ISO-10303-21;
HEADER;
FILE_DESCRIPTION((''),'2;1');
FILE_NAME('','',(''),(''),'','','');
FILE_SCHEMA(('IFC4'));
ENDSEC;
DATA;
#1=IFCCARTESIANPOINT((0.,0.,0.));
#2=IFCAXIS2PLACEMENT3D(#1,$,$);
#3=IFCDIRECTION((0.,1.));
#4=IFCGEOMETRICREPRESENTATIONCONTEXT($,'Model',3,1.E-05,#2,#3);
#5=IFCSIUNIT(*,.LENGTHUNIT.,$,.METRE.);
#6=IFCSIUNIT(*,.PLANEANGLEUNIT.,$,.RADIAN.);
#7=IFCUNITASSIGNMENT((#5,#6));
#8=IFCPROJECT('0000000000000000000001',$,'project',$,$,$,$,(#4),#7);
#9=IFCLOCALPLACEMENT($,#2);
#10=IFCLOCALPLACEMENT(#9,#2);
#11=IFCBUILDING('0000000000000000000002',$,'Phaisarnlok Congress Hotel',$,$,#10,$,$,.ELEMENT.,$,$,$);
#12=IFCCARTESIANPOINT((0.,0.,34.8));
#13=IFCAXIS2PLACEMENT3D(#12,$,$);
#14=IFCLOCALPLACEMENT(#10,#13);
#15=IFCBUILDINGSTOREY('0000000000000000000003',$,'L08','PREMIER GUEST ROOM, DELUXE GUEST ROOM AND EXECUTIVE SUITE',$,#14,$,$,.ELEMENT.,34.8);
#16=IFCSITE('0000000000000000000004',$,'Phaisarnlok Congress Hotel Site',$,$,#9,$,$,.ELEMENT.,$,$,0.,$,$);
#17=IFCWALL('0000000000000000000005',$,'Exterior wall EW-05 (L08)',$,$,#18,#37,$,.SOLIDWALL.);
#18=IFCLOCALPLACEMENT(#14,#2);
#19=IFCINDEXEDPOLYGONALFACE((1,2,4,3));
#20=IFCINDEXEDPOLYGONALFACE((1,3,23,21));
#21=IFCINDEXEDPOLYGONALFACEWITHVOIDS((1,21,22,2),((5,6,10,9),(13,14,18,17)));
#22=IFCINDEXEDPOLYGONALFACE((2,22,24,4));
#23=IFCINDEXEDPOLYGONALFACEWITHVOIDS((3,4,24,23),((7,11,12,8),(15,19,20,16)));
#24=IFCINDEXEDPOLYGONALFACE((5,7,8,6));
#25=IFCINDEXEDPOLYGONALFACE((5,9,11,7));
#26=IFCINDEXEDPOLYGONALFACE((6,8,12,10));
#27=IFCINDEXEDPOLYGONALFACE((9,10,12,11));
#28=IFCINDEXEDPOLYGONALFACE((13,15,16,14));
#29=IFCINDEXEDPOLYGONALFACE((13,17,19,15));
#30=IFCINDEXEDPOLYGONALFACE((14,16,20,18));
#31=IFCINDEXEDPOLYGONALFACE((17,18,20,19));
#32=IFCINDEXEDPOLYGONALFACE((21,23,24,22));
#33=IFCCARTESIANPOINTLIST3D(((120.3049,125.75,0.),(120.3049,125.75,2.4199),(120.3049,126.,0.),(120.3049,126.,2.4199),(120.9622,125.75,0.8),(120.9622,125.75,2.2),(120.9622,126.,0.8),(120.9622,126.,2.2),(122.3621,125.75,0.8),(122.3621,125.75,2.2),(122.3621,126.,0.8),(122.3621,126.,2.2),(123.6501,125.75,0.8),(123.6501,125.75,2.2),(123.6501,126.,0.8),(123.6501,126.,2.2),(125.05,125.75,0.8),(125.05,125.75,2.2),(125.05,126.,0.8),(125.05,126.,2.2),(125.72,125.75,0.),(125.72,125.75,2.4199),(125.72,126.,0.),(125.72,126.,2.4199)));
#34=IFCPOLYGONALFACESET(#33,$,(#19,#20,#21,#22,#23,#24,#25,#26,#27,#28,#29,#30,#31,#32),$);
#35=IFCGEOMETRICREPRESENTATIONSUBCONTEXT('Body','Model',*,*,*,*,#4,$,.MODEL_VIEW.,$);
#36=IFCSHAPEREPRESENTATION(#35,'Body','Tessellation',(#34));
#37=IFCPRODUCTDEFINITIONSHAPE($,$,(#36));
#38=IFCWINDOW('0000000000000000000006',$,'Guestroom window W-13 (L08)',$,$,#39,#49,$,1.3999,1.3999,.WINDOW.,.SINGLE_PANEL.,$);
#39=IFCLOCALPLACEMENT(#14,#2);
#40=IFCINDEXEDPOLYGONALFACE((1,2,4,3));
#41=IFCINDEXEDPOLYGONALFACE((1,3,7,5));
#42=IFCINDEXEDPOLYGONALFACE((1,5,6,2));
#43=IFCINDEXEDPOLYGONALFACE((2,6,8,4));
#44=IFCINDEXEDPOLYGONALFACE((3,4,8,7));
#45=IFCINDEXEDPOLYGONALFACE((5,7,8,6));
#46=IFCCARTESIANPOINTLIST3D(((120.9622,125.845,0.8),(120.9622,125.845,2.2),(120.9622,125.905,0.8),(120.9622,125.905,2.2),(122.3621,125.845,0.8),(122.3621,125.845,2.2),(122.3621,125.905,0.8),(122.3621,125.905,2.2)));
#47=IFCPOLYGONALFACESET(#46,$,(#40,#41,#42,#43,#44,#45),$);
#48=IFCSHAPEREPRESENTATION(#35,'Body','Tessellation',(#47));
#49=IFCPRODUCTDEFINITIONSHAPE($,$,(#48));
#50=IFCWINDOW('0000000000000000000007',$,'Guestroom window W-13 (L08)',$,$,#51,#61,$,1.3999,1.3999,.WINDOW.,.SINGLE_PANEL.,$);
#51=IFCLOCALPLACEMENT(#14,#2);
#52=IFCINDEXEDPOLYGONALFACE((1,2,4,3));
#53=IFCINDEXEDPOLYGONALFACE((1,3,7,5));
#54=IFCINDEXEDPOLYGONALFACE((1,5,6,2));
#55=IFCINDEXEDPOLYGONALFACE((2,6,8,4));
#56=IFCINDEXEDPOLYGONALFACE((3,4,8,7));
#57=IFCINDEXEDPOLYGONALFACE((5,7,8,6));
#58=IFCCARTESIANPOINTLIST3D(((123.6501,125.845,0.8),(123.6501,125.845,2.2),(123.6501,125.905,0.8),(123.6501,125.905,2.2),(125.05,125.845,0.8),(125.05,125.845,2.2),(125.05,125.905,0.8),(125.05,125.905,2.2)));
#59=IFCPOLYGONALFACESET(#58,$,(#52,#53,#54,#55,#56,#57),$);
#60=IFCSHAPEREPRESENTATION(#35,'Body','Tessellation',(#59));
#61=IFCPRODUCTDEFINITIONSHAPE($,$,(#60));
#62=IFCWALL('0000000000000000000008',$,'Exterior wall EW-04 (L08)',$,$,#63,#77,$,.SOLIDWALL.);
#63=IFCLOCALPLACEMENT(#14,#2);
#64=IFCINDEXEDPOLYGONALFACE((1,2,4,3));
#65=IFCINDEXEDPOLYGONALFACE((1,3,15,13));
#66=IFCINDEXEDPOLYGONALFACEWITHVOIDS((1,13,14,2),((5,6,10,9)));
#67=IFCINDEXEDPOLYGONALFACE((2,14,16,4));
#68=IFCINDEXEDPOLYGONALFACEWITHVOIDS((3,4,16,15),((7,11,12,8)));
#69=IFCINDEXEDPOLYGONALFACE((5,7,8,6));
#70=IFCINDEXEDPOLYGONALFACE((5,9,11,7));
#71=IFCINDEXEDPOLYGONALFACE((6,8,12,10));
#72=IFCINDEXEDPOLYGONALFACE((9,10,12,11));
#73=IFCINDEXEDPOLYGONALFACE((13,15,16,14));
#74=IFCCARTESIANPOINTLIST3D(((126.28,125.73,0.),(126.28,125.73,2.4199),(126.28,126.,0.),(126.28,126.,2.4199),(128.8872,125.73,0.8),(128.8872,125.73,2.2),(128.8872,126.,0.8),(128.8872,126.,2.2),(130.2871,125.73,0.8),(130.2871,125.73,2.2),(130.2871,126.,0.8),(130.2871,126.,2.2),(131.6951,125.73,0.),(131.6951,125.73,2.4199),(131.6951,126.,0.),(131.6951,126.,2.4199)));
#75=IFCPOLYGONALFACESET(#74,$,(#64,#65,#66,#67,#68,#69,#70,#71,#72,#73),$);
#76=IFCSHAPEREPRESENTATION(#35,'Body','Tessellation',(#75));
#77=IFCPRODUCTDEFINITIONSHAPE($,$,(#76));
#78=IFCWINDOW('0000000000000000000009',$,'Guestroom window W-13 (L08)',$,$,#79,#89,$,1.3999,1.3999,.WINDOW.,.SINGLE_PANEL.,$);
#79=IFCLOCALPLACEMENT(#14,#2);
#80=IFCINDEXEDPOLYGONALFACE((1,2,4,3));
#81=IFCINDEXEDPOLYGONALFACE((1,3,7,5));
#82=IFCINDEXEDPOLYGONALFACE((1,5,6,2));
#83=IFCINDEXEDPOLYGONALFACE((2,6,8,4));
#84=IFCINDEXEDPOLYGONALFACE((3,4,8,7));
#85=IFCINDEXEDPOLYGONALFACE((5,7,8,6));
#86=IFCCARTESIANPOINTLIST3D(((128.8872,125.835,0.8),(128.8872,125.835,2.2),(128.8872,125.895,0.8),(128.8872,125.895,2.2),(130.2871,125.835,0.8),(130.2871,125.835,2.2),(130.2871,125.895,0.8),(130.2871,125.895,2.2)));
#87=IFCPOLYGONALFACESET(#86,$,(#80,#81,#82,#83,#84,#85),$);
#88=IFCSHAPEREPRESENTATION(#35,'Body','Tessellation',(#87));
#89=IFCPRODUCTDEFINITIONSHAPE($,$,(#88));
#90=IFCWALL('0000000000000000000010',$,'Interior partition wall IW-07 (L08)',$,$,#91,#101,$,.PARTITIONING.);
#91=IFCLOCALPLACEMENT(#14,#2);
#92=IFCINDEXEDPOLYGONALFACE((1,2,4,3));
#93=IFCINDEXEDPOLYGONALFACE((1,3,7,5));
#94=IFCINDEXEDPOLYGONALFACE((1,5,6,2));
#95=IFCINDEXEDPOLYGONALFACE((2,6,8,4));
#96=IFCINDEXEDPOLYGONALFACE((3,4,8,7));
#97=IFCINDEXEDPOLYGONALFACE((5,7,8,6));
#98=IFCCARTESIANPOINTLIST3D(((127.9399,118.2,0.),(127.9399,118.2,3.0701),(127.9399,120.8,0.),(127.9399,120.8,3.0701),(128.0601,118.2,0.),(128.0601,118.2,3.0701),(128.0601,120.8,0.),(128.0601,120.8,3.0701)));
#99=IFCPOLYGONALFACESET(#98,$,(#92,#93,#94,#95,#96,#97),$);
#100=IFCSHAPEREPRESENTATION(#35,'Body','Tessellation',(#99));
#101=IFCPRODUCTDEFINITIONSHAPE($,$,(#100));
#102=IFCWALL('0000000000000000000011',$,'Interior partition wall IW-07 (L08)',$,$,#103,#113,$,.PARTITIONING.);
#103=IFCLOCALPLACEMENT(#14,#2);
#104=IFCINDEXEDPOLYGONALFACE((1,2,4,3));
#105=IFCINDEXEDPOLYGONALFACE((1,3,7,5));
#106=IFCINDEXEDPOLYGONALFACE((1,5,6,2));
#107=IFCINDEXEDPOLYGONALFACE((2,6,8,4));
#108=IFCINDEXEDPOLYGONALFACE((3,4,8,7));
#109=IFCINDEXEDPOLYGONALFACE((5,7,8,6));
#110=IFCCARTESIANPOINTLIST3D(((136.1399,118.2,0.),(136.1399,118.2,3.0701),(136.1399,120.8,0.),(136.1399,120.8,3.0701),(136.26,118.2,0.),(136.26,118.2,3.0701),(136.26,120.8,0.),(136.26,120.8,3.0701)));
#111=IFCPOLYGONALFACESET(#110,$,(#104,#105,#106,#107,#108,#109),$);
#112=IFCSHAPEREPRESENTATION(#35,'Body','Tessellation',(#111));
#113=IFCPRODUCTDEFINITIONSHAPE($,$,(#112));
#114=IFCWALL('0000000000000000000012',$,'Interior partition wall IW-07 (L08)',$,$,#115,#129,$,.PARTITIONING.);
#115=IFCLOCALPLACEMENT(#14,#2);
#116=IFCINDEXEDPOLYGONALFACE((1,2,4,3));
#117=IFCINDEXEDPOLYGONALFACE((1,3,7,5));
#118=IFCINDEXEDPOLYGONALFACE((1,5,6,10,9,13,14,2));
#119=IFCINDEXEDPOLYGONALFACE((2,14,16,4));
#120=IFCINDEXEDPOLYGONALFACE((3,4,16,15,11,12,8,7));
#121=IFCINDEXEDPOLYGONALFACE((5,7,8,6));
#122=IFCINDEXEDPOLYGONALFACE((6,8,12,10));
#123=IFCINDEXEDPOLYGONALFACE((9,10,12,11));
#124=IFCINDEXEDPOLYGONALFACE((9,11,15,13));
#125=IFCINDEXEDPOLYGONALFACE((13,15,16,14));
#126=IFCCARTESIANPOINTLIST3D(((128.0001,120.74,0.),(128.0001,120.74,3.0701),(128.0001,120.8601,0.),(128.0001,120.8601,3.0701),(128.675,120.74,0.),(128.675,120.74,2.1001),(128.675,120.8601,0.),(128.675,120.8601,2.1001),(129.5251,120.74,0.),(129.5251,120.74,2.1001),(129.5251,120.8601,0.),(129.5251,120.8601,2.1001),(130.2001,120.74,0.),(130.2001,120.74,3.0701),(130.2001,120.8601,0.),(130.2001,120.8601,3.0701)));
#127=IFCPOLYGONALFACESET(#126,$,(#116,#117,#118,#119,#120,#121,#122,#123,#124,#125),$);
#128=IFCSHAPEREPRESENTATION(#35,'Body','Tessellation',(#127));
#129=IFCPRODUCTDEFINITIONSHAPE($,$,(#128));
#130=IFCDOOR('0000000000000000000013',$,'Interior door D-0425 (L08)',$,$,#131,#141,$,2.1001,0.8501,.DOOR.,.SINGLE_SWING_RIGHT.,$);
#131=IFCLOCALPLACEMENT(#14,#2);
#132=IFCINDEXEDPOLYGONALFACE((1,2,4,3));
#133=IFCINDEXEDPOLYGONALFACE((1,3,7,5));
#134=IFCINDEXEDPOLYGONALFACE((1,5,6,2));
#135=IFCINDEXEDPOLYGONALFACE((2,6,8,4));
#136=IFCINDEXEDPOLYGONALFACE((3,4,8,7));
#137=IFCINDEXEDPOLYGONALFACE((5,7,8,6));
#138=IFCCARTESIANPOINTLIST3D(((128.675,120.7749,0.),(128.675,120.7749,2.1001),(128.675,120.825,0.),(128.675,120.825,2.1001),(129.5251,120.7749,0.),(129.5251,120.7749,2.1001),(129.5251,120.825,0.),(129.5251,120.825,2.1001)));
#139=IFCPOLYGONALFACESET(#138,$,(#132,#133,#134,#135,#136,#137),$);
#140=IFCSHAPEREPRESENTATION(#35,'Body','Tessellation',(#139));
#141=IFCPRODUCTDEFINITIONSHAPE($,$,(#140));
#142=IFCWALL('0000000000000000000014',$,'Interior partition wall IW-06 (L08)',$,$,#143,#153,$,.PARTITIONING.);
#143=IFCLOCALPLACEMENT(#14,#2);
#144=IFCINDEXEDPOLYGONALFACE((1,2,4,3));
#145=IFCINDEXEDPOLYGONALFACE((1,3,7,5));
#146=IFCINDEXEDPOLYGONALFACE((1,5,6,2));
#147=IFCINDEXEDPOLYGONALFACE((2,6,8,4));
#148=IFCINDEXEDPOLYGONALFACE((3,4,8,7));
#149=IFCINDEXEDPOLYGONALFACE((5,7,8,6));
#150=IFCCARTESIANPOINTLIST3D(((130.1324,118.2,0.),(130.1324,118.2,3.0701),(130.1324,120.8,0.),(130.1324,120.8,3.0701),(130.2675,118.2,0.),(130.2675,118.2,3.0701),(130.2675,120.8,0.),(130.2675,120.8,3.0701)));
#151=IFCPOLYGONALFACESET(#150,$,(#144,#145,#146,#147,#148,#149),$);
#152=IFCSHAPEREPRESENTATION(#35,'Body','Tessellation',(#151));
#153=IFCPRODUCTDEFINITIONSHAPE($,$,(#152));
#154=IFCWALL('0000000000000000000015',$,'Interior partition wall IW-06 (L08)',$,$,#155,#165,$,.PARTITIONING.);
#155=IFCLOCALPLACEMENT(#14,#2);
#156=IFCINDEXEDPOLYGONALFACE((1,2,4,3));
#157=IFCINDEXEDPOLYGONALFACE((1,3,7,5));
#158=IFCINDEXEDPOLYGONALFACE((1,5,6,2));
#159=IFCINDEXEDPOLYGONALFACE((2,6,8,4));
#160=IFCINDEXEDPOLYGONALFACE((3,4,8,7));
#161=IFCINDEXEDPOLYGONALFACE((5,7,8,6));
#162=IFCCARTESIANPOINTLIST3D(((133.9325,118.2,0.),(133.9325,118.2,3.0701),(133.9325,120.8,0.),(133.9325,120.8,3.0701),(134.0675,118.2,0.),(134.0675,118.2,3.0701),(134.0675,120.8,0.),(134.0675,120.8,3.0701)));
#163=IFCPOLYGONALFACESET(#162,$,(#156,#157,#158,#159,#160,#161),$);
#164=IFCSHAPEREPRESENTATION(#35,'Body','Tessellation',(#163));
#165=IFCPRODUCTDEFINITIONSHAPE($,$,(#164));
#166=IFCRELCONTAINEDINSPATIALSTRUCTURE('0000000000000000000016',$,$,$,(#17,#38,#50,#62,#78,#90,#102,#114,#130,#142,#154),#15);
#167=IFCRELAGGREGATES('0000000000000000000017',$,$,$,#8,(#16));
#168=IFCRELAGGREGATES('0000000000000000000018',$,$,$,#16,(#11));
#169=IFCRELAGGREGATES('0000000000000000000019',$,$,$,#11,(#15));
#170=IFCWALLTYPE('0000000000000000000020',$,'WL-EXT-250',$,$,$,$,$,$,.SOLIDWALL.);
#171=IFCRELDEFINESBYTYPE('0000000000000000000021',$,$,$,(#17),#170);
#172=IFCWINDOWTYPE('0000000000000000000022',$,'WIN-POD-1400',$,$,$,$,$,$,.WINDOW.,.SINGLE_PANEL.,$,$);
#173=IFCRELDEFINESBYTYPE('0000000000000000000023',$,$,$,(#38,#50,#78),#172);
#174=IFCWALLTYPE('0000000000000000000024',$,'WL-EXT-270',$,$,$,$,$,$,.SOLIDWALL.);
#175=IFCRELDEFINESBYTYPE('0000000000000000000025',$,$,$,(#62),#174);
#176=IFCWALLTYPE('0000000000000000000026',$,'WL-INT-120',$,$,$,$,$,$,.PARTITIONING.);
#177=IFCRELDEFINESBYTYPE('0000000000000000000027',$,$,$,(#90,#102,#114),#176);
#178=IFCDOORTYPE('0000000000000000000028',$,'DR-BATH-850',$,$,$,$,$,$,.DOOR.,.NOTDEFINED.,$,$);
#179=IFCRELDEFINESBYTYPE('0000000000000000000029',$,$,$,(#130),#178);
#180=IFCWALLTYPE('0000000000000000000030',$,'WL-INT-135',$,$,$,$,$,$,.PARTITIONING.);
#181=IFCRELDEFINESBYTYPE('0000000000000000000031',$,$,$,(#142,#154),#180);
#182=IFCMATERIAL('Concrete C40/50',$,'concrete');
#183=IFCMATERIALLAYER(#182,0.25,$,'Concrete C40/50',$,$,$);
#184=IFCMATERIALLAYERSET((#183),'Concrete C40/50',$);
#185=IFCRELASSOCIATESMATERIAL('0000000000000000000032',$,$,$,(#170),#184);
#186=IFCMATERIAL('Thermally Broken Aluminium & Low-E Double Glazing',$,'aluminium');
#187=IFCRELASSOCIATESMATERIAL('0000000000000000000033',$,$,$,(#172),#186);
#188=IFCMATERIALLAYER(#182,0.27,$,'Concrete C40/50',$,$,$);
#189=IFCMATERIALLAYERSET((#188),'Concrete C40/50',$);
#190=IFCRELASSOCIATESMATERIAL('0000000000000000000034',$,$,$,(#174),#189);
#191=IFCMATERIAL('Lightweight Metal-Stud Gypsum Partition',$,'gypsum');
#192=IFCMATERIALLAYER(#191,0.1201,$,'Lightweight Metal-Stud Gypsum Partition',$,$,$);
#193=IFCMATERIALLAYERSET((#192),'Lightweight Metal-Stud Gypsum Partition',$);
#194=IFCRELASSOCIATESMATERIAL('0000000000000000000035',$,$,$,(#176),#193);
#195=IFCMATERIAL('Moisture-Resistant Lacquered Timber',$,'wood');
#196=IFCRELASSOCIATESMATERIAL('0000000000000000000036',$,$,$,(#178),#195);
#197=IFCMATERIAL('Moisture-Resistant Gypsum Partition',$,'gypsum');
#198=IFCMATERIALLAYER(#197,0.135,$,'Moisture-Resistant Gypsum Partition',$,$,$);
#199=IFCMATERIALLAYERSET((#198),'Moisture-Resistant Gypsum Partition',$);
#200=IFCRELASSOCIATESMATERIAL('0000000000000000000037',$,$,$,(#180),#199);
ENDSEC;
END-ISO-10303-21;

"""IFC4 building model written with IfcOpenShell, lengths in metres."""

from ifc_helpers import new_model, si_unit, direction, frame, frame_2d, origin, place, context, subcontext, project, spatial, rectangle, extrude, material, layer, layer_set, type_object, element, fill, save


model = new_model("IFC4")

# Units and contexts
model_context = context("Model", 3, precision=1e-05, world=origin(), true_north=direction((0.0, 1.0)))
body_context = subcontext(model_context, "Body", "Model", "MODEL_VIEW")
ifc_project = project(units=[si_unit("LENGTHUNIT", "METRE"), si_unit("PLANEANGLEUNIT", "RADIAN")], contexts=[model_context])

# Site, building, storey
site_placement = place(None, origin())
site = spatial("IfcSite", under=ifc_project, at=site_placement, Name="Phaisarnlok Congress Hotel Site", CompositionType="ELEMENT", RefElevation=0.0)
building_placement = place(site_placement, origin())
building = spatial("IfcBuilding", under=site, at=building_placement, Name="Phaisarnlok Congress Hotel", CompositionType="ELEMENT")
storey_placement = place(building_placement, frame((0.0, 0.0, 34.8)))
storey = spatial("IfcBuildingStorey", under=building, at=storey_placement, Name="L08", Description="PREMIER GUEST ROOM, DELUXE GUEST ROOM AND EXECUTIVE SUITE", CompositionType="ELEMENT", Elevation=34.8)

# Shared definitions
ifc_material_1 = material(Name="Concrete C40/50", Category="concrete")

# Wall, openings, windows
ifc_layer_1 = layer(ifc_material_1, 0.25, Name="Concrete C40/50")
ifc_layer_set_1 = layer_set([ifc_layer_1], Name="Concrete C40/50")
wall_type_1 = type_object("IfcWallType", Name="WL-EXT-250", PredefinedType="SOLIDWALL", material=ifc_layer_set_1)
wall_1_placement = place(storey_placement, frame((125.72, 125.875, 0.0), z_axis=(0.0, 0.0, 1.0), x_axis=(-1.0, 0.0, 0.0)))
wall_1 = element("IfcWall", 1, at=wall_1_placement, inside=storey, type_object=wall_type_1, Name="Exterior wall EW-05 (L08)", PredefinedType="SOLIDWALL", context=body_context, shape_type="SweptSolid", body=[
    extrude(rectangle(XDim=5.415, YDim=0.25, at=frame_2d((2.7075, 0.0))), origin(), (0.0, 0.0, 1.0), 2.4199),
])
opening_1_placement = place(wall_1_placement, frame((3.3579, 0.0, 0.8)))
opening_1 = element("IfcOpeningElement", 2, at=opening_1_placement, cuts=wall_1, PredefinedType="OPENING", context=body_context, shape_type="SweptSolid", body=[
    extrude(rectangle(XDim=1.3999, YDim=1.3999, at=frame_2d((0.7, 0.7))), frame((0.0, 0.135, 0.0), z_axis=(0.0, -1.0, 0.0), x_axis=(1.0, 0.0, 0.0)), (0.0, 0.0, 1.0), 0.27),
])
opening_2_placement = place(wall_1_placement, frame((0.6699, 0.0, 0.8)))
opening_2 = element("IfcOpeningElement", 3, at=opening_2_placement, cuts=wall_1, PredefinedType="OPENING", context=body_context, shape_type="SweptSolid", body=[
    extrude(rectangle(XDim=1.3999, YDim=1.3999, at=frame_2d((0.7, 0.7))), frame((0.0, 0.135, 0.0), z_axis=(0.0, -1.0, 0.0), x_axis=(1.0, 0.0, 0.0)), (0.0, 0.0, 1.0), 0.27),
])
ifc_material_2 = material(Name="Thermally Broken Aluminium & Low-E Double Glazing", Category="aluminium")
window_type = type_object("IfcWindowType", Name="WIN-POD-1400", PartitioningType="SINGLE_PANEL", PredefinedType="WINDOW", material=ifc_material_2)
window_1_placement = place(opening_1_placement, origin())
window_1 = element("IfcWindow", 4, at=window_1_placement, inside=storey, type_object=window_type, Name="Guestroom window W-13 (L08)", OverallHeight=1.3999, OverallWidth=1.3999, PartitioningType="SINGLE_PANEL", PredefinedType="WINDOW", context=body_context, shape_type="SweptSolid", body=[
    extrude(rectangle(XDim=1.3999, YDim=1.3999, at=frame_2d((0.7, 0.7))), frame((0.0, 0.03, 0.0), z_axis=(0.0, -1.0, 0.0), x_axis=(1.0, 0.0, 0.0)), (0.0, 0.0, 1.0), 0.0601),
])
fill(opening_1, window_1)
window_2_placement = place(opening_2_placement, origin())
window_2 = element("IfcWindow", 5, at=window_2_placement, inside=storey, type_object=window_type, Name="Guestroom window W-13 (L08)", OverallHeight=1.3999, OverallWidth=1.3999, PartitioningType="SINGLE_PANEL", PredefinedType="WINDOW", context=body_context, shape_type="SweptSolid", body=[
    extrude(rectangle(XDim=1.3999, YDim=1.3999, at=frame_2d((0.7, 0.7))), frame((0.0, 0.03, 0.0), z_axis=(0.0, -1.0, 0.0), x_axis=(1.0, 0.0, 0.0)), (0.0, 0.0, 1.0), 0.0601),
])
fill(opening_2, window_2)

# Wall, opening, window
ifc_layer_2 = layer(ifc_material_1, 0.27, Name="Concrete C40/50")
ifc_layer_set_2 = layer_set([ifc_layer_2], Name="Concrete C40/50")
wall_type_2 = type_object("IfcWallType", Name="WL-EXT-270", PredefinedType="SOLIDWALL", material=ifc_layer_set_2)
wall_2_placement = place(storey_placement, frame((131.6951, 125.865, 0.0), z_axis=(0.0, 0.0, 1.0), x_axis=(-1.0, 0.0, 0.0)))
wall_2 = element("IfcWall", 6, at=wall_2_placement, inside=storey, type_object=wall_type_2, Name="Exterior wall EW-04 (L08)", PredefinedType="SOLIDWALL", context=body_context, shape_type="SweptSolid", body=[
    extrude(rectangle(XDim=5.415, YDim=0.27, at=frame_2d((2.7075, 0.0))), origin(), (0.0, 0.0, 1.0), 2.4199),
])
opening_3_placement = place(wall_2_placement, frame((1.408, 0.0, 0.8)))
opening_3 = element("IfcOpeningElement", 7, at=opening_3_placement, cuts=wall_2, PredefinedType="OPENING", context=body_context, shape_type="SweptSolid", body=[
    extrude(rectangle(XDim=1.3999, YDim=1.3999, at=frame_2d((0.7, 0.7))), frame((0.0, 0.145, 0.0), z_axis=(0.0, -1.0, 0.0), x_axis=(1.0, 0.0, 0.0)), (0.0, 0.0, 1.0), 0.29),
])
window_3_placement = place(opening_3_placement, origin())
window_3 = element("IfcWindow", 8, at=window_3_placement, inside=storey, type_object=window_type, Name="Guestroom window W-13 (L08)", OverallHeight=1.3999, OverallWidth=1.3999, PartitioningType="SINGLE_PANEL", PredefinedType="WINDOW", context=body_context, shape_type="SweptSolid", body=[
    extrude(rectangle(XDim=1.3999, YDim=1.3999, at=frame_2d((0.7, 0.7))), frame((0.0, 0.03, 0.0), z_axis=(0.0, -1.0, 0.0), x_axis=(1.0, 0.0, 0.0)), (0.0, 0.0, 1.0), 0.0601),
])
fill(opening_3, window_3)

# Walls
ifc_material_3 = material(Name="Lightweight Metal-Stud Gypsum Partition", Category="gypsum")
ifc_layer_3 = layer(ifc_material_3, 0.1201, Name="Lightweight Metal-Stud Gypsum Partition")
ifc_layer_set_3 = layer_set([ifc_layer_3], Name="Lightweight Metal-Stud Gypsum Partition")
wall_type_3 = type_object("IfcWallType", Name="WL-INT-120", PredefinedType="PARTITIONING", material=ifc_layer_set_3)
for number, where, z_axis, x_axis, name in (
    (9, (128.0, 118.2, 0.0), (0.0, 0.0, 1.0), (0.0, 1.0, 0.0), "Interior partition wall IW-07 (L08)"),
    (10, (136.2, 118.2, 0.0), (0.0, 0.0, 1.0), (0.0, 1.0, 0.0), "Interior partition wall IW-07 (L08)"),
):
    element("IfcWall", number, at=place(storey_placement, frame(where, z_axis=z_axis, x_axis=x_axis)), inside=storey, type_object=wall_type_3, Name=name, PredefinedType="PARTITIONING", context=body_context, shape_type="SweptSolid", body=[
        extrude(rectangle(XDim=2.6001, YDim=0.1201, at=frame_2d((1.3, 0.0))), origin(), (0.0, 0.0, 1.0), 3.0701),
    ])

# Wall, opening, door
wall_3_placement = place(storey_placement, frame((128.0, 120.8, 0.0), z_axis=(0.0, 0.0, 1.0), x_axis=(1.0, 0.0, 0.0)))
wall_3 = element("IfcWall", 11, at=wall_3_placement, inside=storey, type_object=wall_type_3, Name="Interior partition wall IW-07 (L08)", PredefinedType="PARTITIONING", context=body_context, shape_type="SweptSolid", body=[
    extrude(rectangle(XDim=2.2, YDim=0.1201, at=frame_2d((1.1001, 0.0))), origin(), (0.0, 0.0, 1.0), 3.0701),
])
opening_4_placement = place(wall_3_placement, frame((0.675, 0.0, 0.0)))
opening_4 = element("IfcOpeningElement", 12, at=opening_4_placement, cuts=wall_3, PredefinedType="OPENING", context=body_context, shape_type="SweptSolid", body=[
    extrude(rectangle(XDim=0.8501, YDim=2.1001, at=frame_2d((0.425, 1.05))), frame((0.0, 0.0701, 0.0), z_axis=(0.0, -1.0, 0.0), x_axis=(1.0, 0.0, 0.0)), (0.0, 0.0, 1.0), 0.1401),
])
ifc_material_4 = material(Name="Moisture-Resistant Lacquered Timber", Category="wood")
door_type = type_object("IfcDoorType", Name="DR-BATH-850", OperationType="NOTDEFINED", PredefinedType="DOOR", material=ifc_material_4)
door_1_placement = place(opening_4_placement, origin())
door_1 = element("IfcDoor", 13, at=door_1_placement, inside=storey, type_object=door_type, Name="Interior door D-0425 (L08)", OperationType="SINGLE_SWING_RIGHT", OverallHeight=2.1001, OverallWidth=0.8501, PredefinedType="DOOR", context=body_context, shape_type="SweptSolid", body=[
    extrude(rectangle(XDim=0.8501, YDim=2.1001, at=frame_2d((0.425, 1.05))), frame((0.0, 0.0249, 0.0), z_axis=(0.0, -1.0, 0.0), x_axis=(1.0, 0.0, 0.0)), (0.0, 0.0, 1.0), 0.05),
])
fill(opening_4, door_1)

# Walls
ifc_material_5 = material(Name="Moisture-Resistant Gypsum Partition", Category="gypsum")
ifc_layer_4 = layer(ifc_material_5, 0.135, Name="Moisture-Resistant Gypsum Partition")
ifc_layer_set_4 = layer_set([ifc_layer_4], Name="Moisture-Resistant Gypsum Partition")
wall_type_4 = type_object("IfcWallType", Name="WL-INT-135", PredefinedType="PARTITIONING", material=ifc_layer_set_4)
for number, where, z_axis, x_axis, name in (
    (14, (130.2, 118.2, 0.0), (0.0, 0.0, 1.0), (0.0, 1.0, 0.0), "Interior partition wall IW-06 (L08)"),
    (15, (134.0, 118.2, 0.0), (0.0, 0.0, 1.0), (0.0, 1.0, 0.0), "Interior partition wall IW-06 (L08)"),
):
    element("IfcWall", number, at=place(storey_placement, frame(where, z_axis=z_axis, x_axis=x_axis)), inside=storey, type_object=wall_type_4, Name=name, PredefinedType="PARTITIONING", context=body_context, shape_type="SweptSolid", body=[
        extrude(rectangle(XDim=2.6001, YDim=0.135, at=frame_2d((1.3, 0.0))), origin(), (0.0, 0.0, 1.0), 3.0701),
    ])

save(model, "model.ifc")
